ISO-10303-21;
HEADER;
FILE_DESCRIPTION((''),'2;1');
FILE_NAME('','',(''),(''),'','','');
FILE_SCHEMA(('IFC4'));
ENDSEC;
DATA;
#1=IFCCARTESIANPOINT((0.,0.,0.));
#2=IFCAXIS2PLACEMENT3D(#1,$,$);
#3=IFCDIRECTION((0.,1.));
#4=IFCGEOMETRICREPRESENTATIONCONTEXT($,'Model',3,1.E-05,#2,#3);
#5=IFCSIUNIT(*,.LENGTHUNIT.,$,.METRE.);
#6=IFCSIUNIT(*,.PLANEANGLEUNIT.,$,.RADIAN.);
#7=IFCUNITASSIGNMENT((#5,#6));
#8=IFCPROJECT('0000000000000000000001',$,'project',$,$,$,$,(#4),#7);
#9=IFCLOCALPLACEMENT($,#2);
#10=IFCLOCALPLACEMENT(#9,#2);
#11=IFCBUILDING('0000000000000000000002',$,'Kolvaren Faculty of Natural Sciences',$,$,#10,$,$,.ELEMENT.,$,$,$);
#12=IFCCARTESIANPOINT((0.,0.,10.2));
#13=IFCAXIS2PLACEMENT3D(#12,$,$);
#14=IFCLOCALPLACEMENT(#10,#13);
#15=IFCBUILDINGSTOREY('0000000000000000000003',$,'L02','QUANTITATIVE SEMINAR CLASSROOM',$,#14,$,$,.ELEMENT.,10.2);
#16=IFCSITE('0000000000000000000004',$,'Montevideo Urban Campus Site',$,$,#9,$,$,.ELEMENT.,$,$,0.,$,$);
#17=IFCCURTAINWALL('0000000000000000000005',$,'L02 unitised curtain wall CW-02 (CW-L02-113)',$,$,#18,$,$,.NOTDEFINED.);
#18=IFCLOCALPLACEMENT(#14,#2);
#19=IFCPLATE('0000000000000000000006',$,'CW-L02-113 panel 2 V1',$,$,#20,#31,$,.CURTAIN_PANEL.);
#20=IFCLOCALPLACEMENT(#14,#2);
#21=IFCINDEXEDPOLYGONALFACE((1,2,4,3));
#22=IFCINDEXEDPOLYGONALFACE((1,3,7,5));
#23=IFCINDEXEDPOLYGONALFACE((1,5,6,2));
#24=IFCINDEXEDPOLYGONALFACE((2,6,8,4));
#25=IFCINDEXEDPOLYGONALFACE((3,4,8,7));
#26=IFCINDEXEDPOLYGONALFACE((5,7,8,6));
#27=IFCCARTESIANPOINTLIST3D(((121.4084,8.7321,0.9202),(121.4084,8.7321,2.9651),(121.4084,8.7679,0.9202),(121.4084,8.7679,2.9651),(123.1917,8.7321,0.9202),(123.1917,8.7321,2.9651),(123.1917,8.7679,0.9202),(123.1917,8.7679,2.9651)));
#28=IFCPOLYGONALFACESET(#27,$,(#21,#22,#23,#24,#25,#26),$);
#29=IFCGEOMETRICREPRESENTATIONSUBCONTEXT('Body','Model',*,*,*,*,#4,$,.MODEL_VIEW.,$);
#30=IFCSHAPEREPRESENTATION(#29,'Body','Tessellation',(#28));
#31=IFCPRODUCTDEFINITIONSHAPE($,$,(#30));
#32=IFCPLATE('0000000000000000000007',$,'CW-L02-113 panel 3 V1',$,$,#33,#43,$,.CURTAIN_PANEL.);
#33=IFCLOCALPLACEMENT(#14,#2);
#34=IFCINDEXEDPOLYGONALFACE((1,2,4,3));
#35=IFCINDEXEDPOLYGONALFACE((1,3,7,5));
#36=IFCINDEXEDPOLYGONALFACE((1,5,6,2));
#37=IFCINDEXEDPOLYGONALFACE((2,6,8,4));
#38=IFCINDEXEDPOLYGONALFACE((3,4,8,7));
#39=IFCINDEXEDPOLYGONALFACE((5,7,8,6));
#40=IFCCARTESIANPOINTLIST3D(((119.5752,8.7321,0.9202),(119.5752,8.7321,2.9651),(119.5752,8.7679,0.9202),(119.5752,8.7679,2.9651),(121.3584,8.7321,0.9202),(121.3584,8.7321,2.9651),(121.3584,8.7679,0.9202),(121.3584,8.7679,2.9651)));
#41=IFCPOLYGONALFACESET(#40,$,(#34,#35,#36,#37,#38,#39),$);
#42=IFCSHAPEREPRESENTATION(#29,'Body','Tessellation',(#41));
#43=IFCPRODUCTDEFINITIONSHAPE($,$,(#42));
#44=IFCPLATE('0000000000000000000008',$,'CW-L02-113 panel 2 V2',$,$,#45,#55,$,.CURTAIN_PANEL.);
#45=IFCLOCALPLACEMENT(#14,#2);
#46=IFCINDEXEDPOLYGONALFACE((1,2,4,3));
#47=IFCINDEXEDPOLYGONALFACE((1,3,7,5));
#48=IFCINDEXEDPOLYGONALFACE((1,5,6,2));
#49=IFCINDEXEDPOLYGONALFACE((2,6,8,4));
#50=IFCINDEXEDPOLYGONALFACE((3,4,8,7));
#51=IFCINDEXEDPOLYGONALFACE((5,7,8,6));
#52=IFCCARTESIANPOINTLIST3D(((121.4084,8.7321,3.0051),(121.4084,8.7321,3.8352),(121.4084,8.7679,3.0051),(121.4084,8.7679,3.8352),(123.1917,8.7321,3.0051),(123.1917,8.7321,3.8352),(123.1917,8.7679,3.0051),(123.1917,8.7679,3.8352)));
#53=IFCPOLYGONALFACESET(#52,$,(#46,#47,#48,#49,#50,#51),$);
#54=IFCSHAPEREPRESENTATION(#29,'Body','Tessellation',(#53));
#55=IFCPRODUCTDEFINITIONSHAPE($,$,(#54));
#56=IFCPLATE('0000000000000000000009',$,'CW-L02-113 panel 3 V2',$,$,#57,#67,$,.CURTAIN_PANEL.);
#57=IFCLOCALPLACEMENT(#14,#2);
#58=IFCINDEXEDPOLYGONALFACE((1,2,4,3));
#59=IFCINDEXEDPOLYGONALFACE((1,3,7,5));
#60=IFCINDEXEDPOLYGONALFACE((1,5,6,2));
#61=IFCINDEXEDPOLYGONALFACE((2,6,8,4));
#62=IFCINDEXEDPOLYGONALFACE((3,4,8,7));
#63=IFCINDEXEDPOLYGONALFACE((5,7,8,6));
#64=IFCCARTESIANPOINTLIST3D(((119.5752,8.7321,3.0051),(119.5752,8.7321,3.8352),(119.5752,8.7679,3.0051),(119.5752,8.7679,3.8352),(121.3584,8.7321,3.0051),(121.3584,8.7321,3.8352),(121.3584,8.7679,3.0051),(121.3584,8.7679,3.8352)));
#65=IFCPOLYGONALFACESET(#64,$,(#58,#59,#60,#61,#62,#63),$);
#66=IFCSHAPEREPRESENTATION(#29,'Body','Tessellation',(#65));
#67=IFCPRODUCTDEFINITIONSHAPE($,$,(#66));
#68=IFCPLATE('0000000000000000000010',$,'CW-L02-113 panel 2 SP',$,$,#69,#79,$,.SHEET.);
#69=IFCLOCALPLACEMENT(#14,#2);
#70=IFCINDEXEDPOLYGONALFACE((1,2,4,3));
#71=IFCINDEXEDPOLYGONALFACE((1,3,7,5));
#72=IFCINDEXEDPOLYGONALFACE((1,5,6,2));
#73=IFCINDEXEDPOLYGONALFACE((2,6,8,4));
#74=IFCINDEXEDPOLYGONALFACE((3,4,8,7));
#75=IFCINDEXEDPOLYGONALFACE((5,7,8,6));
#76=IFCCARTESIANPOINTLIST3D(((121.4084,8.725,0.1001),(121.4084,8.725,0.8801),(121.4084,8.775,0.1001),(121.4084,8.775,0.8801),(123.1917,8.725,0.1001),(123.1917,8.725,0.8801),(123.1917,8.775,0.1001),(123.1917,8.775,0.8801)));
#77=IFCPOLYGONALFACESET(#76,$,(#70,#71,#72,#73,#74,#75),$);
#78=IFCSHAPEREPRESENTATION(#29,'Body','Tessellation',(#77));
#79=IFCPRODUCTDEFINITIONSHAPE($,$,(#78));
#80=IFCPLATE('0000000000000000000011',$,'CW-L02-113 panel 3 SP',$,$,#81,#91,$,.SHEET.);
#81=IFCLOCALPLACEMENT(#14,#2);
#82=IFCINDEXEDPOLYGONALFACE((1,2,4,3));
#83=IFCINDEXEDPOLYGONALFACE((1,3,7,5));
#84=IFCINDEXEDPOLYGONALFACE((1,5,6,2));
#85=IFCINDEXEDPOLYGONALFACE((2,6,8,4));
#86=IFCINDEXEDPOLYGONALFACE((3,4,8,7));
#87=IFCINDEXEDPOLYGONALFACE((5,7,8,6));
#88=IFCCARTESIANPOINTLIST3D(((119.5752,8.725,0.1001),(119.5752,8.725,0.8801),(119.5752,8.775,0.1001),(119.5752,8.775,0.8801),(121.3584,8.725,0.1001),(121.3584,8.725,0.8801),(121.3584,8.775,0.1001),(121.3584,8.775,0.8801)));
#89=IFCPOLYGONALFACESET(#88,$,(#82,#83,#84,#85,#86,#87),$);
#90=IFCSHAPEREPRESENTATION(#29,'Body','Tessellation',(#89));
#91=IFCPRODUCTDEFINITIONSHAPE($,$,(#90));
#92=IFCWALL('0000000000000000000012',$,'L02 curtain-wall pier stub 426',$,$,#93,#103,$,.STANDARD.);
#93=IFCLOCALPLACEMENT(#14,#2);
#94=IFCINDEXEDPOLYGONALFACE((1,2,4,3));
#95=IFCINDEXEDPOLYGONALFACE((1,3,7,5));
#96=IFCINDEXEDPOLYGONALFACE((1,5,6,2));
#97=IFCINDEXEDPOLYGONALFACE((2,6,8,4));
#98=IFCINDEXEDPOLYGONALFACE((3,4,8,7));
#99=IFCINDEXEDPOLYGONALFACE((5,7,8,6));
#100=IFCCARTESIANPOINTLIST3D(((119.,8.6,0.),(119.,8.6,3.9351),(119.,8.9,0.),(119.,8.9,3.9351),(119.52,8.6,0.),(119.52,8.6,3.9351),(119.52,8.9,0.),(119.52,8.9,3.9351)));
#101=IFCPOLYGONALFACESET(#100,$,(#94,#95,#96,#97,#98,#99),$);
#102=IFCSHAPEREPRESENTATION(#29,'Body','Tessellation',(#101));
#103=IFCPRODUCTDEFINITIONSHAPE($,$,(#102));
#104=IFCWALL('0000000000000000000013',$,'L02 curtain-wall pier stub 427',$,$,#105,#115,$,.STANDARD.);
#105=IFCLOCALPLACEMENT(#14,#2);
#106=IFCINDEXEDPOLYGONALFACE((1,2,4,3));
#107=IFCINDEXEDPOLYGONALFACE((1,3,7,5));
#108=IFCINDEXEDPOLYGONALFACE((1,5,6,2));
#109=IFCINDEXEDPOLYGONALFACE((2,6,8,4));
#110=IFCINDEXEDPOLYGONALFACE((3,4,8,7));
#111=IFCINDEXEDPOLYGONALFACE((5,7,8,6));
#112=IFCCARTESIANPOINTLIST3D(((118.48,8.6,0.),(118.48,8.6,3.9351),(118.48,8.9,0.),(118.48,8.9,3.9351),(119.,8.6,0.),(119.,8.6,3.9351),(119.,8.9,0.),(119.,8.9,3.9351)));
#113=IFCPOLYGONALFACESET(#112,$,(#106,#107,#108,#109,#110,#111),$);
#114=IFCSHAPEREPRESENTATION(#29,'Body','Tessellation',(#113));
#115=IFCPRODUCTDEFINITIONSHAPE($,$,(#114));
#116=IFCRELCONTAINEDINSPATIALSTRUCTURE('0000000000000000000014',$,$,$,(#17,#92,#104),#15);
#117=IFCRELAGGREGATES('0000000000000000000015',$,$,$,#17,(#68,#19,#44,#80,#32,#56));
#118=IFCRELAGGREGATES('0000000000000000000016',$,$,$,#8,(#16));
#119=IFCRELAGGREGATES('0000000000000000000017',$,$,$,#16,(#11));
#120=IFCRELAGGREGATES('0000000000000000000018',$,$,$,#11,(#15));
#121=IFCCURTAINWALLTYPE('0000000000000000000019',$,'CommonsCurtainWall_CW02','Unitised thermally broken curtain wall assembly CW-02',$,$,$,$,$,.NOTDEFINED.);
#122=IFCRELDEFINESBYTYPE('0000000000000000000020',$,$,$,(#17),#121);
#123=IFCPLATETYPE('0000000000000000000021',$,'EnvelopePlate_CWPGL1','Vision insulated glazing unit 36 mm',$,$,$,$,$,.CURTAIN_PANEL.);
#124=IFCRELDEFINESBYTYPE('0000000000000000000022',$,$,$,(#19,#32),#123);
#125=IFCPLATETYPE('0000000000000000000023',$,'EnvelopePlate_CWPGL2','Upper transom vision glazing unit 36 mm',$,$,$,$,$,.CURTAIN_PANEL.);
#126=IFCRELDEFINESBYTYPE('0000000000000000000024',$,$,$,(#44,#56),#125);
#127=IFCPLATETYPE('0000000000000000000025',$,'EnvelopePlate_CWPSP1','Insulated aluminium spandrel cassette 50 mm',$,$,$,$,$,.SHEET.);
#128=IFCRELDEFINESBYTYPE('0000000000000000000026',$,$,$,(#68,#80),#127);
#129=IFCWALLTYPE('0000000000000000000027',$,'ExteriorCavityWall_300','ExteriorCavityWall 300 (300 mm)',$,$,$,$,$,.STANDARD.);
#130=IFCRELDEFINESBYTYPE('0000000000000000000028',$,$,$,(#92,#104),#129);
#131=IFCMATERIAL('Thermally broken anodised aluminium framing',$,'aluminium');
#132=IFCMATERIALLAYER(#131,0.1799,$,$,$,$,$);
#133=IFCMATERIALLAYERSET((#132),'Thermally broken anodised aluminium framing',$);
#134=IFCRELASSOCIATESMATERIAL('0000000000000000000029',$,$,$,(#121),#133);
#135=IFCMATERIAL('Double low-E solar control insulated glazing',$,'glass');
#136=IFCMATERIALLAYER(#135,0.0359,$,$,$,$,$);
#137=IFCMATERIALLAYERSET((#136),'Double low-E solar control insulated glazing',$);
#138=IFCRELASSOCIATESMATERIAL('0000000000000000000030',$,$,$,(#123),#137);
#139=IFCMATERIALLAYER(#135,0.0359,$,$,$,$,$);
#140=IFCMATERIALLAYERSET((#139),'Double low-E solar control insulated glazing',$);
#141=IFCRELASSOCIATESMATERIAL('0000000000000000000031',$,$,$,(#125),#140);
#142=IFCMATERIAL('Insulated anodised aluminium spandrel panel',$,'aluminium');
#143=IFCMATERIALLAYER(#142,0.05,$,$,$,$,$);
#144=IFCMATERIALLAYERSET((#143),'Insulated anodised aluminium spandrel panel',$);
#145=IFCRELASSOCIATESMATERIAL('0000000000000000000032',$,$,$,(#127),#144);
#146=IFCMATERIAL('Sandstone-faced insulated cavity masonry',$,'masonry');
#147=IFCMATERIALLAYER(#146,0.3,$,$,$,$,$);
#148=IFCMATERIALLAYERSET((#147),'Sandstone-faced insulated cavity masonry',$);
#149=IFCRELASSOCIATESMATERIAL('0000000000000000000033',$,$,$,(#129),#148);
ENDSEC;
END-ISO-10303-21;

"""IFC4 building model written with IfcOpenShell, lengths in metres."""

from ifc_helpers import new_model, si_unit, direction, frame, frame_2d, origin, origin_2d, place, context, subcontext, project, spatial, rectangle, extrude, material, layer, layer_set, type_object, element, aggregate, save


model = new_model("IFC4")

# Units and contexts
model_context = context("Model", 3, precision=1e-05, world=origin(), true_north=direction((0.0, 1.0)))
body_context = subcontext(model_context, "Body", "Model", "MODEL_VIEW")
ifc_project = project(units=[si_unit("LENGTHUNIT", "METRE"), si_unit("PLANEANGLEUNIT", "RADIAN")], contexts=[model_context])

# Site, building, storey
site_placement = place(None, origin())
site = spatial("IfcSite", under=ifc_project, at=site_placement, Name="Montevideo Urban Campus Site", CompositionType="ELEMENT", RefElevation=0.0)
building_placement = place(site_placement, origin())
building = spatial("IfcBuilding", under=site, at=building_placement, Name="Kolvaren Faculty of Natural Sciences", CompositionType="ELEMENT")
storey_placement = place(building_placement, frame((0.0, 0.0, 10.2)))
storey = spatial("IfcBuildingStorey", under=building, at=storey_placement, Name="L02", Description="QUANTITATIVE SEMINAR CLASSROOM", CompositionType="ELEMENT", Elevation=10.2)

# Curtain wall
ifc_material_1 = material(Name="Thermally broken anodised aluminium framing", Category="aluminium")
ifc_layer_1 = layer(ifc_material_1, 0.1799)
ifc_layer_set_1 = layer_set([ifc_layer_1], Name="Thermally broken anodised aluminium framing")
curtain_wall_type = type_object("IfcCurtainWallType", Name="CommonsCurtainWall_CW02", Description="Unitised thermally broken curtain wall assembly CW-02", PredefinedType="NOTDEFINED", material=ifc_layer_set_1)
curtain_wall_1_placement = place(storey_placement, origin())
curtain_wall_1 = element("IfcCurtainWall", 1, at=curtain_wall_1_placement, inside=storey, type_object=curtain_wall_type, Name="L02 unitised curtain wall CW-02 (CW-L02-113)", PredefinedType="NOTDEFINED")

# Plates
ifc_material_2 = material(Name="Double low-E solar control insulated glazing", Category="glass")
ifc_layer_2 = layer(ifc_material_2, 0.0359)
ifc_layer_set_2 = layer_set([ifc_layer_2], Name="Double low-E solar control insulated glazing")
plate_type_1 = type_object("IfcPlateType", Name="EnvelopePlate_CWPGL1", Description="Vision insulated glazing unit 36 mm", PredefinedType="CURTAIN_PANEL", material=ifc_layer_set_2)
plate_1_placement = place(storey_placement, frame((122.3, 8.75, 0.9202), z_axis=(0.0, 0.0, 1.0), x_axis=(-1.0, 0.0, 0.0)))
plate_1 = element("IfcPlate", 2, at=plate_1_placement, type_object=plate_type_1, Name="CW-L02-113 panel 2 V1", PredefinedType="CURTAIN_PANEL", context=body_context, shape_type="SweptSolid", body=[
    extrude(rectangle(XDim=1.7832, YDim=0.0359, at=origin_2d()), origin(), (0.0, 0.0, 1.0), 2.0449),
])
plate_2_placement = place(storey_placement, frame((120.4668, 8.75, 0.9202), z_axis=(0.0, 0.0, 1.0), x_axis=(-1.0, 0.0, 0.0)))
plate_2 = element("IfcPlate", 3, at=plate_2_placement, type_object=plate_type_1, Name="CW-L02-113 panel 3 V1", PredefinedType="CURTAIN_PANEL", context=body_context, shape_type="SweptSolid", body=[
    extrude(rectangle(XDim=1.7832, YDim=0.0359, at=origin_2d()), origin(), (0.0, 0.0, 1.0), 2.0449),
])
ifc_layer_3 = layer(ifc_material_2, 0.0359)
ifc_layer_set_3 = layer_set([ifc_layer_3], Name="Double low-E solar control insulated glazing")
plate_type_2 = type_object("IfcPlateType", Name="EnvelopePlate_CWPGL2", Description="Upper transom vision glazing unit 36 mm", PredefinedType="CURTAIN_PANEL", material=ifc_layer_set_3)
plate_3_placement = place(storey_placement, frame((122.3, 8.75, 3.0051), z_axis=(0.0, 0.0, 1.0), x_axis=(-1.0, 0.0, 0.0)))
plate_3 = element("IfcPlate", 4, at=plate_3_placement, type_object=plate_type_2, Name="CW-L02-113 panel 2 V2", PredefinedType="CURTAIN_PANEL", context=body_context, shape_type="SweptSolid", body=[
    extrude(rectangle(XDim=1.7832, YDim=0.0359, at=origin_2d()), origin(), (0.0, 0.0, 1.0), 0.8301),
])
plate_4_placement = place(storey_placement, frame((120.4668, 8.75, 3.0051), z_axis=(0.0, 0.0, 1.0), x_axis=(-1.0, 0.0, 0.0)))
plate_4 = element("IfcPlate", 5, at=plate_4_placement, type_object=plate_type_2, Name="CW-L02-113 panel 3 V2", PredefinedType="CURTAIN_PANEL", context=body_context, shape_type="SweptSolid", body=[
    extrude(rectangle(XDim=1.7832, YDim=0.0359, at=origin_2d()), origin(), (0.0, 0.0, 1.0), 0.8301),
])
ifc_material_3 = material(Name="Insulated anodised aluminium spandrel panel", Category="aluminium")
ifc_layer_4 = layer(ifc_material_3, 0.05)
ifc_layer_set_4 = layer_set([ifc_layer_4], Name="Insulated anodised aluminium spandrel panel")
plate_type_3 = type_object("IfcPlateType", Name="EnvelopePlate_CWPSP1", Description="Insulated aluminium spandrel cassette 50 mm", PredefinedType="SHEET", material=ifc_layer_set_4)
plate_5_placement = place(storey_placement, frame((122.3, 8.75, 0.1001), z_axis=(0.0, 0.0, 1.0), x_axis=(-1.0, 0.0, 0.0)))
plate_5 = element("IfcPlate", 6, at=plate_5_placement, type_object=plate_type_3, Name="CW-L02-113 panel 2 SP", PredefinedType="SHEET", context=body_context, shape_type="SweptSolid", body=[
    extrude(rectangle(XDim=1.7832, YDim=0.05, at=origin_2d()), origin(), (0.0, 0.0, 1.0), 0.78),
])
plate_6_placement = place(storey_placement, frame((120.4668, 8.75, 0.1001), z_axis=(0.0, 0.0, 1.0), x_axis=(-1.0, 0.0, 0.0)))
plate_6 = element("IfcPlate", 7, at=plate_6_placement, type_object=plate_type_3, Name="CW-L02-113 panel 3 SP", PredefinedType="SHEET", context=body_context, shape_type="SweptSolid", body=[
    extrude(rectangle(XDim=1.7832, YDim=0.05, at=origin_2d()), origin(), (0.0, 0.0, 1.0), 0.78),
])
aggregate(curtain_wall_1, [plate_5, plate_1, plate_3, plate_6, plate_2, plate_4])

# Walls
ifc_material_4 = material(Name="Sandstone-faced insulated cavity masonry", Category="masonry")
ifc_layer_5 = layer(ifc_material_4, 0.3)
ifc_layer_set_5 = layer_set([ifc_layer_5], Name="Sandstone-faced insulated cavity masonry")
wall_type = type_object("IfcWallType", Name="ExteriorCavityWall_300", Description="ExteriorCavityWall 300 (300 mm)", PredefinedType="STANDARD", material=ifc_layer_set_5)
for number, where, z_axis, x_axis, name in (
    (8, (119.52, 8.75, 0.0), (0.0, 0.0, 1.0), (-1.0, 0.0, 0.0), "L02 curtain-wall pier stub 426"),
    (9, (119.0, 8.75, 0.0), (0.0, 0.0, 1.0), (-1.0, 0.0, 0.0), "L02 curtain-wall pier stub 427"),
):
    element("IfcWall", number, at=place(storey_placement, frame(where, z_axis=z_axis, x_axis=x_axis)), inside=storey, type_object=wall_type, Name=name, PredefinedType="STANDARD", context=body_context, shape_type="SweptSolid", body=[
        extrude(rectangle(XDim=0.52, YDim=0.3, at=frame_2d((0.26, 0.0))), origin(), (0.0, 0.0, 1.0), 3.9351),
    ])

save(model, "model.ifc")
